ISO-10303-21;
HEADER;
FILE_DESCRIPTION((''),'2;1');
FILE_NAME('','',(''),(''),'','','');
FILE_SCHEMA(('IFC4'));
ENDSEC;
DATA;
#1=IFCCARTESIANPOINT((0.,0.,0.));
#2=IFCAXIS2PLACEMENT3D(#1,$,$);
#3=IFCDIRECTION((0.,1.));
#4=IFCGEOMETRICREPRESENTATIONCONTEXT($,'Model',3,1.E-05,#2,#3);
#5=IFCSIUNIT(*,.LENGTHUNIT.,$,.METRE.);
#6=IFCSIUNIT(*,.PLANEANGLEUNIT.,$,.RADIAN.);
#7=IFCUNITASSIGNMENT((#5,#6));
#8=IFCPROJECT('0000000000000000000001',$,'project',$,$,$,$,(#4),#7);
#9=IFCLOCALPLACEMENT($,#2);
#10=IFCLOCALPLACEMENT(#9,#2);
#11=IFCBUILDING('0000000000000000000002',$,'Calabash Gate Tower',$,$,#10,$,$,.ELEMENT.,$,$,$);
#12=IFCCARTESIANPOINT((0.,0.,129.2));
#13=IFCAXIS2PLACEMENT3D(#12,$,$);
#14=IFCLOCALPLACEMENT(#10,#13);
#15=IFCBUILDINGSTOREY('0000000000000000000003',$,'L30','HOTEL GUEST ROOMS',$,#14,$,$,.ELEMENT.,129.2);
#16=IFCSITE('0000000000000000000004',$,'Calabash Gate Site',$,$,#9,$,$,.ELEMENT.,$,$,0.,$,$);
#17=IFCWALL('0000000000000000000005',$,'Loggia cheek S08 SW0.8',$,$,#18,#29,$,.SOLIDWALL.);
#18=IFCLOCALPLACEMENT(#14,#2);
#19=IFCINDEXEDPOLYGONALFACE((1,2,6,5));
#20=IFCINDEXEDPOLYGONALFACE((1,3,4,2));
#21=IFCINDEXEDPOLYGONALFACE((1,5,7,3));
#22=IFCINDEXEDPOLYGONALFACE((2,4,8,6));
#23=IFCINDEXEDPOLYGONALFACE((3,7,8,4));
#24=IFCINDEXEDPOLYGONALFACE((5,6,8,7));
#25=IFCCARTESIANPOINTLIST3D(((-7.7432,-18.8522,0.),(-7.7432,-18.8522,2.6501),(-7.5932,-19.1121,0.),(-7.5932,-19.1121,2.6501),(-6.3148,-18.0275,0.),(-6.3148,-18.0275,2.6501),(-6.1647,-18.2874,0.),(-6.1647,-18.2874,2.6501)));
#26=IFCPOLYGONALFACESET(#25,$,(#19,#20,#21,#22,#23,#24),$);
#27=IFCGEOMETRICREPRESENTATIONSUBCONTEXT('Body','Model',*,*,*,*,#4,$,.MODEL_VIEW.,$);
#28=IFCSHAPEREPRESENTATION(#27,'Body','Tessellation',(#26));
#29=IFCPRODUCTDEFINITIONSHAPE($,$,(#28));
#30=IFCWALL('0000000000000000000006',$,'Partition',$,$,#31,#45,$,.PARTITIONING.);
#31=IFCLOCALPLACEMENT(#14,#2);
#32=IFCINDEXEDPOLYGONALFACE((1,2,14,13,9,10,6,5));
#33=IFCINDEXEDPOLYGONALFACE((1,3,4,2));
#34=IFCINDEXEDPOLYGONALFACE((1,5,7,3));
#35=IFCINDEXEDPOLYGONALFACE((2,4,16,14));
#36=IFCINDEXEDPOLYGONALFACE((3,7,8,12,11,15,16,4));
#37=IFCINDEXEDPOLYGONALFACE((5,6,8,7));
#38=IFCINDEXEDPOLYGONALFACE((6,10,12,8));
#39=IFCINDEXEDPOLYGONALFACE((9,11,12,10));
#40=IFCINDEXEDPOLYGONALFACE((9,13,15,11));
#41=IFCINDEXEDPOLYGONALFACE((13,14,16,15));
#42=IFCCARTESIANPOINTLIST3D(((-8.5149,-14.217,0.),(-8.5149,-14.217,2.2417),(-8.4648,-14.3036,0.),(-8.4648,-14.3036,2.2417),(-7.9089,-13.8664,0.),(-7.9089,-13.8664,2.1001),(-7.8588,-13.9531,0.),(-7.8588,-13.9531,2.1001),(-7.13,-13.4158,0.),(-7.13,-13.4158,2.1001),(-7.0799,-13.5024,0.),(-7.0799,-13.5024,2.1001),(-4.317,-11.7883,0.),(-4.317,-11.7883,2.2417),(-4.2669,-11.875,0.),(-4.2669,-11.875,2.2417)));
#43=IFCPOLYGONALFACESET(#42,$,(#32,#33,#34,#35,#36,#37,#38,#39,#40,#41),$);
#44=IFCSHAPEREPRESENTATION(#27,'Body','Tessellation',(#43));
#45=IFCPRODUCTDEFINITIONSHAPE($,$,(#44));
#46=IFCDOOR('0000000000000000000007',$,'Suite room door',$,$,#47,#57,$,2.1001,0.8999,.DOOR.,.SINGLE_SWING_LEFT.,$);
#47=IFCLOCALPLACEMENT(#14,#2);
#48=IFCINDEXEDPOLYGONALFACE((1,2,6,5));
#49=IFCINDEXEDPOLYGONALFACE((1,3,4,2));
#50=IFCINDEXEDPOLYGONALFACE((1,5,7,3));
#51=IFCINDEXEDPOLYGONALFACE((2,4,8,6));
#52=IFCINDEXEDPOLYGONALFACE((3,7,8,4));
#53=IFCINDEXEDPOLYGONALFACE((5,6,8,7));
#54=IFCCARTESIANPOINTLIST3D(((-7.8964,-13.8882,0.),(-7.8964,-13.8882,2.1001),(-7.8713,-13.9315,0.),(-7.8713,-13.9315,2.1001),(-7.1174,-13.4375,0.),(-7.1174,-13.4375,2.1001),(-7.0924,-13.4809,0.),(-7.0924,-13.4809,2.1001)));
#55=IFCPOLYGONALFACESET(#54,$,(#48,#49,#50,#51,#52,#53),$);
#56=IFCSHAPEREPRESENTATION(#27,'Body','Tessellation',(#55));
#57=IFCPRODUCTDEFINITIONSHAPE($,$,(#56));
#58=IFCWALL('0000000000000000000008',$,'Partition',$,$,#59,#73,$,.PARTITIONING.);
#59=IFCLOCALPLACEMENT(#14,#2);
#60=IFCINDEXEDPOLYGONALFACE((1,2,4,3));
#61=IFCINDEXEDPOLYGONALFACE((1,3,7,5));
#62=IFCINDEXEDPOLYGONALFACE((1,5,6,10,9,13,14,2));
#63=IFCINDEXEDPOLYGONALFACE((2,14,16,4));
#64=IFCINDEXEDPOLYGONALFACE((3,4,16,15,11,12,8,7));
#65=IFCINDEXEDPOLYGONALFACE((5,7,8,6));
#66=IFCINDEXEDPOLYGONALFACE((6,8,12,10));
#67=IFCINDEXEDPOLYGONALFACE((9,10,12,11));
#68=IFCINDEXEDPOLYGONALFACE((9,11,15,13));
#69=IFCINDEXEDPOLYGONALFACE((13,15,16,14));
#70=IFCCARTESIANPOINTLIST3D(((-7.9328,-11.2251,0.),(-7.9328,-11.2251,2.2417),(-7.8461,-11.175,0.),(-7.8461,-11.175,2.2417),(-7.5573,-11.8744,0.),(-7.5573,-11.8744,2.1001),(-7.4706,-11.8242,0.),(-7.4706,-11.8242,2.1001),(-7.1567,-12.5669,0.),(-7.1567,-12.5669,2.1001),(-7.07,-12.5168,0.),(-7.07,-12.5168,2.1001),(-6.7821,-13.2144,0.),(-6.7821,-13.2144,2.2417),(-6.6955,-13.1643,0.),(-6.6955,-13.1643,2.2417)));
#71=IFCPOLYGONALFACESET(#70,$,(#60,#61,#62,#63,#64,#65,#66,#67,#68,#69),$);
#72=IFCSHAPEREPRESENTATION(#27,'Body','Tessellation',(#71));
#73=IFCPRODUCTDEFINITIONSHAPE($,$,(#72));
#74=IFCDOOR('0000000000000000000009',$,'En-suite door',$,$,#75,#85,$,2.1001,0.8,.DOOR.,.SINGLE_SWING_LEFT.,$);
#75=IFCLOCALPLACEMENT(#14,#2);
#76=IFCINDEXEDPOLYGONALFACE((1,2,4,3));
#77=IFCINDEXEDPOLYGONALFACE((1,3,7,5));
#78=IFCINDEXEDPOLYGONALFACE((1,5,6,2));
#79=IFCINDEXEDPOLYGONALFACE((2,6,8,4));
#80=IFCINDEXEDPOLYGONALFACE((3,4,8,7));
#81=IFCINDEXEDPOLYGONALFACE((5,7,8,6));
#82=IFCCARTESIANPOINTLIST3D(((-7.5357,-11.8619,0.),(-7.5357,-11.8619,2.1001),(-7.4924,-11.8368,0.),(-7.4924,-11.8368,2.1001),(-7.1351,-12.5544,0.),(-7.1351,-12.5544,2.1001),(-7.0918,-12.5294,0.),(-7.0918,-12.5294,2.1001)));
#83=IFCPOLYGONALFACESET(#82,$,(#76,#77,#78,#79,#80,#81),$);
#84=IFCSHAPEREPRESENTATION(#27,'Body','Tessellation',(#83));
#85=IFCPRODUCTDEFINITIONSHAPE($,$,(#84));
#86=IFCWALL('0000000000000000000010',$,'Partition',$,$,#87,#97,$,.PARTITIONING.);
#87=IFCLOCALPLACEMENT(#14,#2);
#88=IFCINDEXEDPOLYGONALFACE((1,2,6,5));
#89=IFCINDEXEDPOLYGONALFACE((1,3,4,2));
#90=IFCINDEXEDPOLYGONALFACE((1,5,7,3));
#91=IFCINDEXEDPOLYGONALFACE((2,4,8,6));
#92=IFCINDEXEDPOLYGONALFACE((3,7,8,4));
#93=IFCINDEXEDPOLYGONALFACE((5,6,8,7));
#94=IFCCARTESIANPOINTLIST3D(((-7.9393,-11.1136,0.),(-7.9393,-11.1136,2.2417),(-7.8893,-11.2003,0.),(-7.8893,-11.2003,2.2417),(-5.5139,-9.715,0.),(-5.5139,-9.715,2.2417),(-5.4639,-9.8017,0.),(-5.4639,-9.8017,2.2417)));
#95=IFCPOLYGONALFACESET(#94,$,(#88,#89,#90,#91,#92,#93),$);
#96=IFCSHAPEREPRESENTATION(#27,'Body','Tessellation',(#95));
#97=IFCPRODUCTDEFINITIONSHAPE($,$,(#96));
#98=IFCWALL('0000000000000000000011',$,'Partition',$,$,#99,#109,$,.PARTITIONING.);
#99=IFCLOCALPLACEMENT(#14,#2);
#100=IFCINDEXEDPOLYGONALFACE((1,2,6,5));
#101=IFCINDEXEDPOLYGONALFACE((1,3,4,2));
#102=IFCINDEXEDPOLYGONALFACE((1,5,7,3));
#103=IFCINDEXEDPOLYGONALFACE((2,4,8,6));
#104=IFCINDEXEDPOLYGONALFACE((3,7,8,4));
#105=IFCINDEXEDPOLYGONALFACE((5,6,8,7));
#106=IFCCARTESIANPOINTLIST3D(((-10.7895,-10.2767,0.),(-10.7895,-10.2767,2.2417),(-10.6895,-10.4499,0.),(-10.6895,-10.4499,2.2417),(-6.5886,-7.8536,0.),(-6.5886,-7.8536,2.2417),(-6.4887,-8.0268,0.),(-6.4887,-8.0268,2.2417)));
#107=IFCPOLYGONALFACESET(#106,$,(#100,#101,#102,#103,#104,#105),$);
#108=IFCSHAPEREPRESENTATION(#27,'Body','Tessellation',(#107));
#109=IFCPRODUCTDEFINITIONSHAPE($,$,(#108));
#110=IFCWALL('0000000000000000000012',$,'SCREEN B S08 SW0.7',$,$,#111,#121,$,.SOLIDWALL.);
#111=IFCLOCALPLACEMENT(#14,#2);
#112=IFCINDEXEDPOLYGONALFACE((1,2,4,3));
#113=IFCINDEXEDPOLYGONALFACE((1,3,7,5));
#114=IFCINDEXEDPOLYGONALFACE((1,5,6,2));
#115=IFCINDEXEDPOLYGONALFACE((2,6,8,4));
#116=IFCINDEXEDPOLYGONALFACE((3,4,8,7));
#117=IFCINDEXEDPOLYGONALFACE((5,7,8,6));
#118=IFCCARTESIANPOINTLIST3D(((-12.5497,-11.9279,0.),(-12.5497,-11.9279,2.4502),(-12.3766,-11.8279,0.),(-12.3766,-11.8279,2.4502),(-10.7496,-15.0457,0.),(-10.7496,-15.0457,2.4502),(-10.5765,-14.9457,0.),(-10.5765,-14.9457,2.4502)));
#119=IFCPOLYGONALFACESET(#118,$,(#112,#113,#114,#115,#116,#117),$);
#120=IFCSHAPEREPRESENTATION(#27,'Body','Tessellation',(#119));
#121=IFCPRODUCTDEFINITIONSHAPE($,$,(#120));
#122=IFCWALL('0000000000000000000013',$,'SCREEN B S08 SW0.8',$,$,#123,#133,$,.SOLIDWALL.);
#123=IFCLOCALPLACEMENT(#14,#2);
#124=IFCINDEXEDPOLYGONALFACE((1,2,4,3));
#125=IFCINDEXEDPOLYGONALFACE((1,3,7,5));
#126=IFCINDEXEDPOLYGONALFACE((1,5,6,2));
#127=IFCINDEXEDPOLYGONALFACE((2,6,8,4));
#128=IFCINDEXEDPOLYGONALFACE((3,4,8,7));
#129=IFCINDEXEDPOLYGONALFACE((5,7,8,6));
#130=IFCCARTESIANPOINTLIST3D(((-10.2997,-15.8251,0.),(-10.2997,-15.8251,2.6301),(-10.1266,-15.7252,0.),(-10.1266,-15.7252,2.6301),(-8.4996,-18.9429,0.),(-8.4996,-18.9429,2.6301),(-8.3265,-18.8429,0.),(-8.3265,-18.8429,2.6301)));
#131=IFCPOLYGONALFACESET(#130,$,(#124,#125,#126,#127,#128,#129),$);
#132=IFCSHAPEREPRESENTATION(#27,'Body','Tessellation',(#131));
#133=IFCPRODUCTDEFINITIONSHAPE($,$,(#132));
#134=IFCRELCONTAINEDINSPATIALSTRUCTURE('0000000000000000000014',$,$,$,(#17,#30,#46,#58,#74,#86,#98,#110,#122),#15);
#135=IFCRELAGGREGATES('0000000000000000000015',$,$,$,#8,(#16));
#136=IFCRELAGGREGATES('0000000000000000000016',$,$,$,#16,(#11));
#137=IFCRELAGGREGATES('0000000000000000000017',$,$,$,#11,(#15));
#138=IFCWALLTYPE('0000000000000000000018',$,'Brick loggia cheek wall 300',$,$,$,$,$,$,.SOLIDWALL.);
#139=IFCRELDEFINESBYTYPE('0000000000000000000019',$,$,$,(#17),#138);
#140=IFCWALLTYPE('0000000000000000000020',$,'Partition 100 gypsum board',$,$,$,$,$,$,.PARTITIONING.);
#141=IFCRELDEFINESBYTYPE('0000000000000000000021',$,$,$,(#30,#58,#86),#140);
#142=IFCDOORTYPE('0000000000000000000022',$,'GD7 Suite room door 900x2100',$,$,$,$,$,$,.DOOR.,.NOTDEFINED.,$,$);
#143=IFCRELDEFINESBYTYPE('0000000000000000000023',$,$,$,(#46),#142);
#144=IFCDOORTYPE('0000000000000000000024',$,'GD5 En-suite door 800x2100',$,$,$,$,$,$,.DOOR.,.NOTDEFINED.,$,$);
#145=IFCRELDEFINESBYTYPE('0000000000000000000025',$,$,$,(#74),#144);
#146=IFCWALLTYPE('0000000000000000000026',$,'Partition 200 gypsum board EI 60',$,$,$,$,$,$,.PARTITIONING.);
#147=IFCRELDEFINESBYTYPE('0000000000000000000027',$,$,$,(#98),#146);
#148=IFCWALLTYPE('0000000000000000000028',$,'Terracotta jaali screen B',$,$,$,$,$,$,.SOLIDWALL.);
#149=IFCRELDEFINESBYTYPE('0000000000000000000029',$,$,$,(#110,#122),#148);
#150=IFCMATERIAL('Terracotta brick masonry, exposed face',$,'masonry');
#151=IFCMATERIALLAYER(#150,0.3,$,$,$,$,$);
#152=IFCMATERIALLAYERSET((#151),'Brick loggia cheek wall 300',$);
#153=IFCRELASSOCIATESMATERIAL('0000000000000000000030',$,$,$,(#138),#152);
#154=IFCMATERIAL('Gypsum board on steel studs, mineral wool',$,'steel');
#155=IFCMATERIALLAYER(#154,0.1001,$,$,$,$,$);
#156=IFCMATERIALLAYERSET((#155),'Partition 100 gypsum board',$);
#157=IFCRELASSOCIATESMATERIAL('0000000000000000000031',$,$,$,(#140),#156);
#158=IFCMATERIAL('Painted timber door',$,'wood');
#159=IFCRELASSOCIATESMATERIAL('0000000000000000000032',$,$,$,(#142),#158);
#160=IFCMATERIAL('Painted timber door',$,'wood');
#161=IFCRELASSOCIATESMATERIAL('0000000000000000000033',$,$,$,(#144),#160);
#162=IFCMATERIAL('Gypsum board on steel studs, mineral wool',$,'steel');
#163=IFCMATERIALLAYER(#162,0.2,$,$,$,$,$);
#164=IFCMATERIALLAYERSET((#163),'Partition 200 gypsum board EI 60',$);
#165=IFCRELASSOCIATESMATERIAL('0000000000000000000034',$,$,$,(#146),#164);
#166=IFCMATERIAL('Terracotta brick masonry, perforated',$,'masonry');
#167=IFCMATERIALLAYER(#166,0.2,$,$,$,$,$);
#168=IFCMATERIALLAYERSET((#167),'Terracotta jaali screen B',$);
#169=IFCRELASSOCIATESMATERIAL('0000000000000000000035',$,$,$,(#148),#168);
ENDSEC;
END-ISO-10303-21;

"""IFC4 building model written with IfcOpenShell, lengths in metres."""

from ifc_helpers import new_model, si_unit, direction, frame, frame_2d, origin, place, context, subcontext, project, spatial, rectangle, extrude, material, layer, layer_set, type_object, element, fill, save


model = new_model("IFC4")

# Units and contexts
model_context = context("Model", 3, precision=1e-05, world=origin(), true_north=direction((0.0, 1.0)))
body_context = subcontext(model_context, "Body", "Model", "MODEL_VIEW")
ifc_project = project(units=[si_unit("LENGTHUNIT", "METRE"), si_unit("PLANEANGLEUNIT", "RADIAN")], contexts=[model_context])

# Site, building, storey
site_placement = place(None, origin())
site = spatial("IfcSite", under=ifc_project, at=site_placement, Name="Calabash Gate Site", CompositionType="ELEMENT", RefElevation=0.0)
building_placement = place(site_placement, origin())
building = spatial("IfcBuilding", under=site, at=building_placement, Name="Calabash Gate Tower", CompositionType="ELEMENT")
storey_placement = place(building_placement, frame((0.0, 0.0, 129.2)))
storey = spatial("IfcBuildingStorey", under=building, at=storey_placement, Name="L30", Description="HOTEL GUEST ROOMS", CompositionType="ELEMENT", Elevation=129.2)

# Wall
ifc_material_1 = material(Name="Terracotta brick masonry, exposed face", Category="masonry")
ifc_layer_1 = layer(ifc_material_1, 0.3)
ifc_layer_set_1 = layer_set([ifc_layer_1], Name="Brick loggia cheek wall 300")
wall_type_1 = type_object("IfcWallType", Name="Brick loggia cheek wall 300", PredefinedType="SOLIDWALL", material=ifc_layer_set_1)
wall_1_placement = place(storey_placement, frame((-6.2397, -18.1575, 0.0), z_axis=(0.0, 0.0, 1.0), x_axis=(-0.86603, -0.499992, 0.0)))
element("IfcWall", 1, at=wall_1_placement, inside=storey, type_object=wall_type_1, Name="Loggia cheek S08 SW0.8", PredefinedType="SOLIDWALL", context=body_context, shape_type="SweptSolid", body=[
    extrude(rectangle(XDim=1.6494, YDim=0.3, at=frame_2d((0.8247, 0.0))), origin(), (0.0, 0.0, 1.0), 2.6501),
])

# Walls, openings, doors
ifc_material_2 = material(Name="Gypsum board on steel studs, mineral wool", Category="steel")
ifc_layer_2 = layer(ifc_material_2, 0.1001)
ifc_layer_set_2 = layer_set([ifc_layer_2], Name="Partition 100 gypsum board")
wall_type_2 = type_object("IfcWallType", Name="Partition 100 gypsum board", PredefinedType="PARTITIONING", material=ifc_layer_set_2)
wall_2_placement = place(storey_placement, frame((-8.4897, -14.2603, 0.0), z_axis=(0.0, 0.0, 1.0), x_axis=(0.865579, 0.500772, 0.0)))
wall_2 = element("IfcWall", 2, at=wall_2_placement, inside=storey, type_object=wall_type_2, Name="Partition", PredefinedType="PARTITIONING", context=body_context, shape_type="SweptSolid", body=[
    extrude(rectangle(XDim=4.8499, YDim=0.1001, at=frame_2d((2.4248, 0.0))), origin(), (0.0, 0.0, 1.0), 2.2417),
])
opening_1_placement = place(wall_2_placement, frame((0.7, 0.0, 0.0)))
opening_1 = element("IfcOpeningElement", 3, at=opening_1_placement, cuts=wall_2, PredefinedType="OPENING", context=body_context, shape_type="SweptSolid", body=[
    extrude(rectangle(XDim=0.8999, YDim=2.1001, at=frame_2d((0.45, 1.05))), frame((0.0, 0.0601, 0.0), z_axis=(0.0, -1.0, 0.0), x_axis=(1.0, 0.0, 0.0)), (0.0, 0.0, 1.0), 0.1201),
])
ifc_material_3 = material(Name="Painted timber door", Category="wood")
door_type_1 = type_object("IfcDoorType", Name="GD7 Suite room door 900x2100", OperationType="NOTDEFINED", PredefinedType="DOOR", material=ifc_material_3)
door_1_placement = place(opening_1_placement, origin())
door_1 = element("IfcDoor", 4, at=door_1_placement, inside=storey, type_object=door_type_1, Name="Suite room door", OperationType="SINGLE_SWING_LEFT", OverallHeight=2.1001, OverallWidth=0.8999, PredefinedType="DOOR", context=body_context, shape_type="SweptSolid", body=[
    extrude(rectangle(XDim=0.8999, YDim=2.1001, at=frame_2d((0.45, 1.05))), frame((0.0, 0.0249, 0.0), z_axis=(0.0, -1.0, 0.0), x_axis=(1.0, 0.0, 0.0)), (0.0, 0.0, 1.0), 0.05),
])
fill(opening_1, door_1)
wall_3_placement = place(storey_placement, frame((-7.8894, -11.2002, 0.0), z_axis=(0.0, 0.0, 1.0), x_axis=(0.500697, -0.865623, 0.0)))
wall_3 = element("IfcWall", 5, at=wall_3_placement, inside=storey, type_object=wall_type_2, Name="Partition", PredefinedType="PARTITIONING", context=body_context, shape_type="SweptSolid", body=[
    extrude(rectangle(XDim=2.2981, YDim=0.1001, at=frame_2d((1.1489, 0.0))), origin(), (0.0, 0.0, 1.0), 2.2417),
])
opening_2_placement = place(wall_3_placement, frame((0.75, 0.0, 0.0)))
opening_2 = element("IfcOpeningElement", 6, at=opening_2_placement, cuts=wall_3, PredefinedType="OPENING", context=body_context, shape_type="SweptSolid", body=[
    extrude(rectangle(XDim=0.8, YDim=2.1001, at=frame_2d((0.3999, 1.05))), frame((0.0, 0.0601, 0.0), z_axis=(0.0, -1.0, 0.0), x_axis=(1.0, 0.0, 0.0)), (0.0, 0.0, 1.0), 0.1201),
])
ifc_material_4 = material(Name="Painted timber door", Category="wood")
door_type_2 = type_object("IfcDoorType", Name="GD5 En-suite door 800x2100", OperationType="NOTDEFINED", PredefinedType="DOOR", material=ifc_material_4)
door_2_placement = place(opening_2_placement, origin())
door_2 = element("IfcDoor", 7, at=door_2_placement, inside=storey, type_object=door_type_2, Name="En-suite door", OperationType="SINGLE_SWING_LEFT", OverallHeight=2.1001, OverallWidth=0.8, PredefinedType="DOOR", context=body_context, shape_type="SweptSolid", body=[
    extrude(rectangle(XDim=0.8, YDim=2.1001, at=frame_2d((0.3999, 1.05))), frame((0.0, 0.0249, 0.0), z_axis=(0.0, -1.0, 0.0), x_axis=(1.0, 0.0, 0.0)), (0.0, 0.0, 1.0), 0.05),
])
fill(opening_2, door_2)

# Walls
wall_4_placement = place(storey_placement, frame((-7.9143, -11.157, 0.0), z_axis=(0.0, 0.0, 1.0), x_axis=(0.866289, 0.499544, 0.0)))
element("IfcWall", 8, at=wall_4_placement, inside=storey, type_object=wall_type_2, Name="Partition", PredefinedType="PARTITIONING", context=body_context, shape_type="SweptSolid", body=[
    extrude(rectangle(XDim=2.7998, YDim=0.1001, at=frame_2d((1.3999, 0.0))), origin(), (0.0, 0.0, 1.0), 2.2417),
])
ifc_material_5 = material(Name="Gypsum board on steel studs, mineral wool", Category="steel")
ifc_layer_3 = layer(ifc_material_5, 0.2)
ifc_layer_set_3 = layer_set([ifc_layer_3], Name="Partition 200 gypsum board EI 60")
wall_type_3 = type_object("IfcWallType", Name="Partition 200 gypsum board EI 60", PredefinedType="PARTITIONING", material=ifc_layer_set_3)
wall_5_placement = place(storey_placement, frame((-10.7395, -10.3633, 0.0), z_axis=(0.0, 0.0, 1.0), x_axis=(0.866232, 0.499643, 0.0)))
element("IfcWall", 9, at=wall_5_placement, inside=storey, type_object=wall_type_3, Name="Partition", PredefinedType="PARTITIONING", context=body_context, shape_type="SweptSolid", body=[
    extrude(rectangle(XDim=4.8496, YDim=0.2, at=frame_2d((2.4248, 0.0))), origin(), (0.0, 0.0, 1.0), 2.2417),
])
ifc_material_6 = material(Name="Terracotta brick masonry, perforated", Category="masonry")
ifc_layer_4 = layer(ifc_material_6, 0.2)
ifc_layer_set_4 = layer_set([ifc_layer_4], Name="Terracotta jaali screen B")
wall_type_4 = type_object("IfcWallType", Name="Terracotta jaali screen B", PredefinedType="SOLIDWALL", material=ifc_layer_set_4)
wall_6_placement = place(storey_placement, frame((-12.4631, -11.8779, 0.0), z_axis=(0.0, 0.0, 1.0), x_axis=(0.500012, -0.866018, 0.0)))
element("IfcWall", 10, at=wall_6_placement, inside=storey, type_object=wall_type_4, Name="SCREEN B S08 SW0.7", PredefinedType="SOLIDWALL", context=body_context, shape_type="SweptSolid", body=[
    extrude(rectangle(XDim=3.6001, YDim=0.2, at=frame_2d((1.8, 0.0))), origin(), (0.0, 0.0, 1.0), 2.4502),
])
wall_7_placement = place(storey_placement, frame((-10.2131, -15.7751, 0.0), z_axis=(0.0, 0.0, 1.0), x_axis=(0.500012, -0.866018, 0.0)))
element("IfcWall", 11, at=wall_7_placement, inside=storey, type_object=wall_type_4, Name="SCREEN B S08 SW0.8", PredefinedType="SOLIDWALL", context=body_context, shape_type="SweptSolid", body=[
    extrude(rectangle(XDim=3.6001, YDim=0.2, at=frame_2d((1.8, 0.0))), origin(), (0.0, 0.0, 1.0), 2.6301),
])

save(model, "model.ifc")
